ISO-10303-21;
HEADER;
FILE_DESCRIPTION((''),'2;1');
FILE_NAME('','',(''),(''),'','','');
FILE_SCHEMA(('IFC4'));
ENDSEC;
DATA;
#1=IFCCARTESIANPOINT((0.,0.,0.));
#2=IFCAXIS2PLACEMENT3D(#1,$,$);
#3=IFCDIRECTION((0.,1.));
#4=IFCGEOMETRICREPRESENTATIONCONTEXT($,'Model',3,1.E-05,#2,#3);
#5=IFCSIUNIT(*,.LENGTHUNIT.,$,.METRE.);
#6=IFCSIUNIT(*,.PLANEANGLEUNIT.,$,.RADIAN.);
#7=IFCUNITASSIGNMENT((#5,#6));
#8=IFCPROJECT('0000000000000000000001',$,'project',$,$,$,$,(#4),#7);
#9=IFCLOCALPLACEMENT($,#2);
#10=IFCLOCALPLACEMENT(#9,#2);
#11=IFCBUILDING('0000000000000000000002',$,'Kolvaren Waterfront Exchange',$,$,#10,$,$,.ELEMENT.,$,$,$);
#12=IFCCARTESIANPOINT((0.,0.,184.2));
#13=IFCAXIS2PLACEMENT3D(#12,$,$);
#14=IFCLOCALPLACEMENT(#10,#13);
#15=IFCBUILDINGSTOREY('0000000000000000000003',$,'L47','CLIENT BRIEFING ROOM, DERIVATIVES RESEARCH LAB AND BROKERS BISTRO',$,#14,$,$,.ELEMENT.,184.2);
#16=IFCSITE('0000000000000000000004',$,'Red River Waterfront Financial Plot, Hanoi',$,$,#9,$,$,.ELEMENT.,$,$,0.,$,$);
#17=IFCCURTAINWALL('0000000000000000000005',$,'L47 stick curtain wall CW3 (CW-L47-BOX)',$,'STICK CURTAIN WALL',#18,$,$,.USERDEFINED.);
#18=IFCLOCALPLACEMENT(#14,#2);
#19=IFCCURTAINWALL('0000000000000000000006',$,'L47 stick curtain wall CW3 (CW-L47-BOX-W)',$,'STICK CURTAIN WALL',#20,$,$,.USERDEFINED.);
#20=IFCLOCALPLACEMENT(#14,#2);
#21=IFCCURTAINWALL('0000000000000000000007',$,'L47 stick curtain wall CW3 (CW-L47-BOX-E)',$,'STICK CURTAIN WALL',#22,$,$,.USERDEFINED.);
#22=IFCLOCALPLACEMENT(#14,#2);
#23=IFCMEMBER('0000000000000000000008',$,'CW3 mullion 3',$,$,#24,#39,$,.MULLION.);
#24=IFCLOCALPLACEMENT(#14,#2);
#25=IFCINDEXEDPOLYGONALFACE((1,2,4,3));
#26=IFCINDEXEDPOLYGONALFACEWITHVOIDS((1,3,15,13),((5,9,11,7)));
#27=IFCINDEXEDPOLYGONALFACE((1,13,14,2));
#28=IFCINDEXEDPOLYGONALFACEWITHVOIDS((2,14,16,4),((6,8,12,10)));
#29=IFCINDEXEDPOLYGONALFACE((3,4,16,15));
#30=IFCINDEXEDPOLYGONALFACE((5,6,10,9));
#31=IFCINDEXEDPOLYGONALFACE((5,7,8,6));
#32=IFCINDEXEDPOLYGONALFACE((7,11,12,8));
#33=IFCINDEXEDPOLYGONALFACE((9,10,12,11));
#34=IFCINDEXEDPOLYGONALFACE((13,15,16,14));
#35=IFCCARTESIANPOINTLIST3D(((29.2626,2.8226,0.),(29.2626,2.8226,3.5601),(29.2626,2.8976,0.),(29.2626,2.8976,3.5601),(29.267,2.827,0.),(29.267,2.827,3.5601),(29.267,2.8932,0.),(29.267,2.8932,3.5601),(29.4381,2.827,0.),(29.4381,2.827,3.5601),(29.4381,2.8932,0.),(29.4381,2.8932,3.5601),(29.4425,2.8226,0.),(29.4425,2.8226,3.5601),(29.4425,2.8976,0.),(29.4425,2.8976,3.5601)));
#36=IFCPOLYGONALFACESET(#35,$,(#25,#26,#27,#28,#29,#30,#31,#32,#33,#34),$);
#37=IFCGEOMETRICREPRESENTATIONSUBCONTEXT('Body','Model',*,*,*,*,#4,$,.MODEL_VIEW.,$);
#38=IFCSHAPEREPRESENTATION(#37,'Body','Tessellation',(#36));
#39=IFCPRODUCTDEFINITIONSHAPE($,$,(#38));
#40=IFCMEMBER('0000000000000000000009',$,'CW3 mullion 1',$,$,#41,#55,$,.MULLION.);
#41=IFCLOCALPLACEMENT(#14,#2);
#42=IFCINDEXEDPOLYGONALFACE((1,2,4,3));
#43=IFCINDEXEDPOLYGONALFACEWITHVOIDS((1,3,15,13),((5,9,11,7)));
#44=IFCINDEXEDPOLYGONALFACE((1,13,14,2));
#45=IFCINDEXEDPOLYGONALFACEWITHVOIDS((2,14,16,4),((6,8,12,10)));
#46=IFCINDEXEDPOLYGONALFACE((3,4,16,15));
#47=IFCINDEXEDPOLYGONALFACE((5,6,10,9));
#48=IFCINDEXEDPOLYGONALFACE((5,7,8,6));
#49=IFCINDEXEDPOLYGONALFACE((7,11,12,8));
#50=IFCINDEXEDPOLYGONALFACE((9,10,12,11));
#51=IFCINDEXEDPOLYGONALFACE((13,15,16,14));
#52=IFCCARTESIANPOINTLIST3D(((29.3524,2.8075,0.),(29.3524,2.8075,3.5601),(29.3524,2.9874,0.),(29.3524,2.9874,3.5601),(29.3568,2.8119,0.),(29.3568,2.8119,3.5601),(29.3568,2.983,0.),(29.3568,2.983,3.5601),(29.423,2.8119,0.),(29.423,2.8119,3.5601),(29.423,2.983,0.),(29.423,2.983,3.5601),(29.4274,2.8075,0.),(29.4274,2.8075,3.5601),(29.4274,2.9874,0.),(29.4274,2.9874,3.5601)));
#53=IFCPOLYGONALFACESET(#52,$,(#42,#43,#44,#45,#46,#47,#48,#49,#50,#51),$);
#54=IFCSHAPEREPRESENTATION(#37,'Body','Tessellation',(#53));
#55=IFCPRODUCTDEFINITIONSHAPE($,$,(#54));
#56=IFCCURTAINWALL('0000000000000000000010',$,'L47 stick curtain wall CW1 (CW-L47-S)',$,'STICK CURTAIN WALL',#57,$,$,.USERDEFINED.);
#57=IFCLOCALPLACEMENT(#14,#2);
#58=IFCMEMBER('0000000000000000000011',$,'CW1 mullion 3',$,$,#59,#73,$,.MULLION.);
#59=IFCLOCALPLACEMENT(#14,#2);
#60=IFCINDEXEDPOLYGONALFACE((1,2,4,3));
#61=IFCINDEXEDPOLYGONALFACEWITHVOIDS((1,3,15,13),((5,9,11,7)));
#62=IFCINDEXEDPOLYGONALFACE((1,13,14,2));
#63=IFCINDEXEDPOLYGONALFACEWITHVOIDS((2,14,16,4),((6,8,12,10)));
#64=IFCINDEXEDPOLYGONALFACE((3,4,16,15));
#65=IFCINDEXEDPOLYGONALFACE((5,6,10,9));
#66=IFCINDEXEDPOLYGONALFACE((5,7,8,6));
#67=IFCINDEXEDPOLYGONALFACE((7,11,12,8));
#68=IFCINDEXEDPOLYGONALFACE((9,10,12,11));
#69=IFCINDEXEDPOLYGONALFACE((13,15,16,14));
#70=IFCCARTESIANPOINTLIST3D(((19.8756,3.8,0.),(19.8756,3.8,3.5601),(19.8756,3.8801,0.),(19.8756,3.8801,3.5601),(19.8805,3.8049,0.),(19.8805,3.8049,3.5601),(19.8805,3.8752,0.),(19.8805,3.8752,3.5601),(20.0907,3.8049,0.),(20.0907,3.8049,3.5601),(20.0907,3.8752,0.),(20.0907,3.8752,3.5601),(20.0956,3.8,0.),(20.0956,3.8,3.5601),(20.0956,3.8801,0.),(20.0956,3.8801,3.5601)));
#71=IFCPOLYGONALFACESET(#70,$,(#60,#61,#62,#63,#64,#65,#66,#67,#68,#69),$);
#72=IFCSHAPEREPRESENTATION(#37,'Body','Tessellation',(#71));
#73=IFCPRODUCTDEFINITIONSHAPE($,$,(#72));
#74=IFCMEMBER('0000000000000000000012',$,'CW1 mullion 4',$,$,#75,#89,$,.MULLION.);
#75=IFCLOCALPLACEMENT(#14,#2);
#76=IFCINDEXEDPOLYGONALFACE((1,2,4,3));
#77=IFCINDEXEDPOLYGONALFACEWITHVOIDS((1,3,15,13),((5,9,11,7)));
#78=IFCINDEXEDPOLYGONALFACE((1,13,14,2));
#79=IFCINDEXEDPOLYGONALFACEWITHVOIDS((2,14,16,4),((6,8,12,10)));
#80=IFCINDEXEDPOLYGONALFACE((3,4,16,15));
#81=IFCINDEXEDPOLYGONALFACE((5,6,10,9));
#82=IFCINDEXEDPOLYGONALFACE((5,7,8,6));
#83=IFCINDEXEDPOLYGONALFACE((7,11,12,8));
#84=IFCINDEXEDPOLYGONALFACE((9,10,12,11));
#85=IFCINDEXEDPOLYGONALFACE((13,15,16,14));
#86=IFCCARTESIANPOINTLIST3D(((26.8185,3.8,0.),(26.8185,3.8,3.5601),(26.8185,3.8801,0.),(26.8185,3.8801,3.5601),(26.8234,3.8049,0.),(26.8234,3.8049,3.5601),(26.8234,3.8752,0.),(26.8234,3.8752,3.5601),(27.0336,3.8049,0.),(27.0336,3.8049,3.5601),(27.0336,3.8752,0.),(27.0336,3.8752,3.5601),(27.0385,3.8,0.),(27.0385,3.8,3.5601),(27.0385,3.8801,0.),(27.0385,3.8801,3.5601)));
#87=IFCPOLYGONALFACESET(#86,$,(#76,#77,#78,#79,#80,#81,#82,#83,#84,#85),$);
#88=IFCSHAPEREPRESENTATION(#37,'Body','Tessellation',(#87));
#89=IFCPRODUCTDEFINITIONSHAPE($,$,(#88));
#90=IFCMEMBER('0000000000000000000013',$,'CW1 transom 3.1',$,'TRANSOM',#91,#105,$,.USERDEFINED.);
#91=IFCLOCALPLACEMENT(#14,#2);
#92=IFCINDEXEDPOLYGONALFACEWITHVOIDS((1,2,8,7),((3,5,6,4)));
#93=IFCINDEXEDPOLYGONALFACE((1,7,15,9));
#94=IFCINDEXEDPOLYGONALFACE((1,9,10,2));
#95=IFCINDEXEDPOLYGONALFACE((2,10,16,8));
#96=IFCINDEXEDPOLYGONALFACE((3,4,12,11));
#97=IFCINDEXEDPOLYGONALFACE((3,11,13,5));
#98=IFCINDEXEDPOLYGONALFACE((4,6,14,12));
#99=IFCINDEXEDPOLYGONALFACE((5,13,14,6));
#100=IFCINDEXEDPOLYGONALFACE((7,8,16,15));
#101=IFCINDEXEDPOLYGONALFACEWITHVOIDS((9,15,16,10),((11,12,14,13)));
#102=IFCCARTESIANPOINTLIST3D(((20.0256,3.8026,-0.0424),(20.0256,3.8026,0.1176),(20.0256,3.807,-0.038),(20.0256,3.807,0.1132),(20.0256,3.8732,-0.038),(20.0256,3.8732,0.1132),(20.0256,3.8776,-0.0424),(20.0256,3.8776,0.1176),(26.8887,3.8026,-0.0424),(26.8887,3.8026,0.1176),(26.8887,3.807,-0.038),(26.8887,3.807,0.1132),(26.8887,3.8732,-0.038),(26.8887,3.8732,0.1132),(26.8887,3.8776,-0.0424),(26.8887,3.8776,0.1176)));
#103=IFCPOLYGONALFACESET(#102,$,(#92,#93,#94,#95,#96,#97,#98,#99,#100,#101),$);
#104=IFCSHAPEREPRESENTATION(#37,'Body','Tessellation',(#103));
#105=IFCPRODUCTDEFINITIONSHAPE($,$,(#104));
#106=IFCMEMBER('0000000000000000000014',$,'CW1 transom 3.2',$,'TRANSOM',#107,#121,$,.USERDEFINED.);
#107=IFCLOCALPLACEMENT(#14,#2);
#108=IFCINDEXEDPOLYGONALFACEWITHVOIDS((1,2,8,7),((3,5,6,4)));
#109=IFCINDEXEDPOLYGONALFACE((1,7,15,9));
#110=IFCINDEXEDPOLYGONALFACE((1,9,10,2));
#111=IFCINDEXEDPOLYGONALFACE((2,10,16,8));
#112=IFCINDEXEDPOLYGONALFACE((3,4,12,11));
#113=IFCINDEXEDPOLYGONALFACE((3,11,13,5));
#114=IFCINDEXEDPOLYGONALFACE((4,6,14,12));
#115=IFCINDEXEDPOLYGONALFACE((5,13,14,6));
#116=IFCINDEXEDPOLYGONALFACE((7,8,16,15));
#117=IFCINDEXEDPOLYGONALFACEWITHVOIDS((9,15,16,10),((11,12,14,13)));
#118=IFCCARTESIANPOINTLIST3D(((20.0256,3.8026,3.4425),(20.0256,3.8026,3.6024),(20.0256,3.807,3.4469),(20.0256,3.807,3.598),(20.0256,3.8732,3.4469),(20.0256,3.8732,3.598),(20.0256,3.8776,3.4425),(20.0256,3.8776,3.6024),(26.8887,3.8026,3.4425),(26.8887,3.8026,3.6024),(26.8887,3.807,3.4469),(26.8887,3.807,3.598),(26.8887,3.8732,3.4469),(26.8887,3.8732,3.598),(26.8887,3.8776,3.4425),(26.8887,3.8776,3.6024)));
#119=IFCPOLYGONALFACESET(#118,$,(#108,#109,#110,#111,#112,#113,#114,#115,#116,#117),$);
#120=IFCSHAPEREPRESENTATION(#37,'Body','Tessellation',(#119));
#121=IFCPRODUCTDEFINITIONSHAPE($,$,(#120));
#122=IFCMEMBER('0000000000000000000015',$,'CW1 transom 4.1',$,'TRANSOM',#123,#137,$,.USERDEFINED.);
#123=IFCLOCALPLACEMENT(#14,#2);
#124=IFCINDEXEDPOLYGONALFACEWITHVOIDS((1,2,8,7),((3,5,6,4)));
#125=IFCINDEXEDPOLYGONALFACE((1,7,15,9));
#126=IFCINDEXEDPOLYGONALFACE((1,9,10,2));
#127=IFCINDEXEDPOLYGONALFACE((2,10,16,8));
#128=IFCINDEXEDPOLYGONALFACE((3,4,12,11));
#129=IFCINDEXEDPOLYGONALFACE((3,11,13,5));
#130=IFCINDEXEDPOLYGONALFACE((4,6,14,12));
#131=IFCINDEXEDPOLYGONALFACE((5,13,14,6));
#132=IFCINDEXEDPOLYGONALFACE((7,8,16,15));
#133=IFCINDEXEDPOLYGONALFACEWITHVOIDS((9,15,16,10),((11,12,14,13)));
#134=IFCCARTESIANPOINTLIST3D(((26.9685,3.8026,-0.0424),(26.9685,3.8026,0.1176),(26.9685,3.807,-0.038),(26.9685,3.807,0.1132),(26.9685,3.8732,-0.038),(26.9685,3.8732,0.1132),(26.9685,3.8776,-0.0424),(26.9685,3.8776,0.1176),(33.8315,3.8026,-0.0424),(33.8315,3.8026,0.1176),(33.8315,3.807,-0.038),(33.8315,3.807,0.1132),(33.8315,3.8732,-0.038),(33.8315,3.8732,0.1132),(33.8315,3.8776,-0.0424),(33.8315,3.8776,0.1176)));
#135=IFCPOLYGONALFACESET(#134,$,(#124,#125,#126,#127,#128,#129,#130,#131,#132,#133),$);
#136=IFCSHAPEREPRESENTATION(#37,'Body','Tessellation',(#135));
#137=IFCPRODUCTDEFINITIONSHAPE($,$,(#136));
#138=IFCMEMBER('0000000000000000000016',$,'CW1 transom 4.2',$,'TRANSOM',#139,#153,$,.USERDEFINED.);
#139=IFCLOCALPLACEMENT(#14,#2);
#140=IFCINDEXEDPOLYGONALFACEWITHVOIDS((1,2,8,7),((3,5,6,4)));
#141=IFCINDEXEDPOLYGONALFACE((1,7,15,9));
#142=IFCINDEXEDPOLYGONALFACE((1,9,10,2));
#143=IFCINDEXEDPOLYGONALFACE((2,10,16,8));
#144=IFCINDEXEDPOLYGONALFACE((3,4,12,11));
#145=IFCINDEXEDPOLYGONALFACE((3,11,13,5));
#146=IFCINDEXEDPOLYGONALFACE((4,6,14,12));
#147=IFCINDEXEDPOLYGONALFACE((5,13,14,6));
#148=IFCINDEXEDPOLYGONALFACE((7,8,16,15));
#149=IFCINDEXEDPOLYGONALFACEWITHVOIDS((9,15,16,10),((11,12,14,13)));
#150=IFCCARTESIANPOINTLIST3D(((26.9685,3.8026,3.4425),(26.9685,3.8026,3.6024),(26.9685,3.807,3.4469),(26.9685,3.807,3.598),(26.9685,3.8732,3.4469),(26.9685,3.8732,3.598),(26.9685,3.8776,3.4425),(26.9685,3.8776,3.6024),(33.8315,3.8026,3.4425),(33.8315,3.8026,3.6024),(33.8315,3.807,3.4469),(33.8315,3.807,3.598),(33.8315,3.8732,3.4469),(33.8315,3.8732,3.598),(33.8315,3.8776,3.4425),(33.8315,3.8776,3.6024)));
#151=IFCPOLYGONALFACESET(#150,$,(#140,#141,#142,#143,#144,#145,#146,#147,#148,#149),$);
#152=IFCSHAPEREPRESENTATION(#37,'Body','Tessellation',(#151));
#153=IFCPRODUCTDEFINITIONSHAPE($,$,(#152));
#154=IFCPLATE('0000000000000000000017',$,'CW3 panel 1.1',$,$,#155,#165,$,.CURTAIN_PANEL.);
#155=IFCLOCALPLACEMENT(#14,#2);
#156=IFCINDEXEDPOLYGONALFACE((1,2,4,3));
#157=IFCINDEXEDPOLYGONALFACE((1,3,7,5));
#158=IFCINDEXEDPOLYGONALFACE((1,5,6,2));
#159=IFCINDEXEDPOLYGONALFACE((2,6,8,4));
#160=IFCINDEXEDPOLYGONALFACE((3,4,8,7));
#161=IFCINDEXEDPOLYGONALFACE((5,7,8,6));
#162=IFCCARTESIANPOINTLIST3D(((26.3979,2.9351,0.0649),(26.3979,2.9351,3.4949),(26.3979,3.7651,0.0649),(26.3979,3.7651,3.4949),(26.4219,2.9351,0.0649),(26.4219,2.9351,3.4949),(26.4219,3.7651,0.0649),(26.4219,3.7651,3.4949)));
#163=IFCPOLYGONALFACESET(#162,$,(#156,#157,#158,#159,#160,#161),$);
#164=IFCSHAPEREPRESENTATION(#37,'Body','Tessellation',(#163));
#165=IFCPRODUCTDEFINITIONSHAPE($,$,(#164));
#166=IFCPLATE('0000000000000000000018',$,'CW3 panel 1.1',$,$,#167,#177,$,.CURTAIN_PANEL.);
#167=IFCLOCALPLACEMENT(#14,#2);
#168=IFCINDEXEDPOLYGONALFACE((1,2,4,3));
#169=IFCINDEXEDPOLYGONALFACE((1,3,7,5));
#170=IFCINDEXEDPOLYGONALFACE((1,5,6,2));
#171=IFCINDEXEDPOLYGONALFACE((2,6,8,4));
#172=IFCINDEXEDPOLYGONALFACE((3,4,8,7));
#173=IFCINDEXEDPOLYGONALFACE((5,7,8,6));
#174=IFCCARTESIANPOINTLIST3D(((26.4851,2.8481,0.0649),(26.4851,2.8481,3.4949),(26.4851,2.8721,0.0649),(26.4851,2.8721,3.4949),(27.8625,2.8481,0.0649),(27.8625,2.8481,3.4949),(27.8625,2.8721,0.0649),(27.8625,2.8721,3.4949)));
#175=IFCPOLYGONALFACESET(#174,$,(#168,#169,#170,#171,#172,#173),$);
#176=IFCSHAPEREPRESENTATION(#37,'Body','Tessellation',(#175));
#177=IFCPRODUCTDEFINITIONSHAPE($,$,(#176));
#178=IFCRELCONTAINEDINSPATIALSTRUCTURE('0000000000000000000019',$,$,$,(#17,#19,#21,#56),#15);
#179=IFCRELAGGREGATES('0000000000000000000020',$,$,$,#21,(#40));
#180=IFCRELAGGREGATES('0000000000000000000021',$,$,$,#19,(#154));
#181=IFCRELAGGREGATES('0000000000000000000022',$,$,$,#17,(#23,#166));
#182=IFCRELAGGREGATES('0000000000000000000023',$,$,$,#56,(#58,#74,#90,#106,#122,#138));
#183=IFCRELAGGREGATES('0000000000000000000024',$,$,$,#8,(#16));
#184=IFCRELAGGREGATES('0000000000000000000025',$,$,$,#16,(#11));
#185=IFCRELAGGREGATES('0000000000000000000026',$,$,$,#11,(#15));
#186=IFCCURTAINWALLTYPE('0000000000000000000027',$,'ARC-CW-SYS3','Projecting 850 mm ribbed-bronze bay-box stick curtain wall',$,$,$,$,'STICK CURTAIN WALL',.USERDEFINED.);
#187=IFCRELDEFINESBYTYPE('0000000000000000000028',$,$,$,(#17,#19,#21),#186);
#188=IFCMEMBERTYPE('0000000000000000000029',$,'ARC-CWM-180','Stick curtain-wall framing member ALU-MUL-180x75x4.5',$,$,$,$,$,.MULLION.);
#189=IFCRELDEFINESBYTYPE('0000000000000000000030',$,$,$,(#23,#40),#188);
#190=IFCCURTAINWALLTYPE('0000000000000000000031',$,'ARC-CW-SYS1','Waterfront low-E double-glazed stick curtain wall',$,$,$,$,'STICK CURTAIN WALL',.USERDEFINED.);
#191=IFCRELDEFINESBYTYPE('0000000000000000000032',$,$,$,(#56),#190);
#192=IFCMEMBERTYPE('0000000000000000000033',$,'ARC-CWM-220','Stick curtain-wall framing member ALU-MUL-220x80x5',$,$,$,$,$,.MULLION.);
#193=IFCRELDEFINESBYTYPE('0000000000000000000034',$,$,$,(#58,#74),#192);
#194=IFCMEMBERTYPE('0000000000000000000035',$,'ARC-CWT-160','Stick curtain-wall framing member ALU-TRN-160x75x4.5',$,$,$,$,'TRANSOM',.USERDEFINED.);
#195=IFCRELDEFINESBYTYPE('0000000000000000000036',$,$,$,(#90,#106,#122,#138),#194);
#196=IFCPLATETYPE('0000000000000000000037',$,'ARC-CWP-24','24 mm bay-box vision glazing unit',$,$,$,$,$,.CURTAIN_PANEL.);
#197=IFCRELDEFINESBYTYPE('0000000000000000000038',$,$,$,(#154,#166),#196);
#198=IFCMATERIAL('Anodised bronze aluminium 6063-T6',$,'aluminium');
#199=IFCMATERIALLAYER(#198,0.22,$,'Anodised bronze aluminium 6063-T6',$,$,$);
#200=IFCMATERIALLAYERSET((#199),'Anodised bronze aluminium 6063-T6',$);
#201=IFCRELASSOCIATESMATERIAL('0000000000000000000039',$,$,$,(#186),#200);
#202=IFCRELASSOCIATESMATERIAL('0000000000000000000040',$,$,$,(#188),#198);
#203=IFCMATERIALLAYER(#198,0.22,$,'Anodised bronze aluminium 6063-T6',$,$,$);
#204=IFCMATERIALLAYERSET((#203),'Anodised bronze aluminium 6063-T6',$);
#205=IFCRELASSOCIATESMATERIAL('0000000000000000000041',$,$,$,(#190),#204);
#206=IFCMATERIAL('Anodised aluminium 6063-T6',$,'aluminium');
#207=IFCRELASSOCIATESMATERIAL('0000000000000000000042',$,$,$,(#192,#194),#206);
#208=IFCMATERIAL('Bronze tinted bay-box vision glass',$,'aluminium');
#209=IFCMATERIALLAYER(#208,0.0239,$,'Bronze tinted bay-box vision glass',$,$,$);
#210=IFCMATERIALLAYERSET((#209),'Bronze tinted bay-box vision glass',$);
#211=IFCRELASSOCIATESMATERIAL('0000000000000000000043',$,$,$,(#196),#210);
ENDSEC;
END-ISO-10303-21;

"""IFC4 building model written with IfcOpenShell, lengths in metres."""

from ifc_helpers import new_model, si_unit, direction, frame, origin, origin_with_axes, origin_2d, place, context, subcontext, project, spatial, rectangle, hollow_rectangle, extrude, source, transform, mapped, material, layer, layer_set, material_profile, profile_set, type_object, element, aggregate, save


model = new_model("IFC4")

# Units and contexts
model_context = context("Model", 3, precision=1e-05, world=origin(), true_north=direction((0.0, 1.0)))
body_context = subcontext(model_context, "Body", "Model", "MODEL_VIEW")
ifc_project = project(units=[si_unit("LENGTHUNIT", "METRE"), si_unit("PLANEANGLEUNIT", "RADIAN")], contexts=[model_context])

# Site, building, storey
site_placement = place(None, origin())
site = spatial("IfcSite", under=ifc_project, at=site_placement, Name="Red River Waterfront Financial Plot, Hanoi", CompositionType="ELEMENT", RefElevation=0.0)
building_placement = place(site_placement, origin())
building = spatial("IfcBuilding", under=site, at=building_placement, Name="Kolvaren Waterfront Exchange", CompositionType="ELEMENT")
storey_placement = place(building_placement, frame((0.0, 0.0, 184.2)))
storey = spatial("IfcBuildingStorey", under=building, at=storey_placement, Name="L47", Description="CLIENT BRIEFING ROOM, DERIVATIVES RESEARCH LAB AND BROKERS BISTRO", CompositionType="ELEMENT", Elevation=184.2)

# Curtain walls
ifc_material_1 = material(Name="Anodised bronze aluminium 6063-T6", Category="aluminium")
ifc_layer_1 = layer(ifc_material_1, 0.22, Name="Anodised bronze aluminium 6063-T6")
ifc_layer_set_1 = layer_set([ifc_layer_1], Name="Anodised bronze aluminium 6063-T6")
curtain_wall_type_1 = type_object("IfcCurtainWallType", Name="ARC-CW-SYS3", Description="Projecting 850 mm ribbed-bronze bay-box stick curtain wall", ElementType="STICK CURTAIN WALL", PredefinedType="USERDEFINED", material=ifc_layer_set_1)
curtain_wall_1_placement = place(storey_placement, origin())
curtain_wall_1 = element("IfcCurtainWall", 1, at=curtain_wall_1_placement, inside=storey, type_object=curtain_wall_type_1, Name="L47 stick curtain wall CW3 (CW-L47-BOX)", ObjectType="STICK CURTAIN WALL", PredefinedType="USERDEFINED")
curtain_wall_2_placement = place(storey_placement, origin())
curtain_wall_2 = element("IfcCurtainWall", 2, at=curtain_wall_2_placement, inside=storey, type_object=curtain_wall_type_1, Name="L47 stick curtain wall CW3 (CW-L47-BOX-W)", ObjectType="STICK CURTAIN WALL", PredefinedType="USERDEFINED")
curtain_wall_3_placement = place(storey_placement, origin())
curtain_wall_3 = element("IfcCurtainWall", 3, at=curtain_wall_3_placement, inside=storey, type_object=curtain_wall_type_1, Name="L47 stick curtain wall CW3 (CW-L47-BOX-E)", ObjectType="STICK CURTAIN WALL", PredefinedType="USERDEFINED")

# Members
ifc_material_profile_1 = material_profile(ifc_material_1, hollow_rectangle(XDim=0.075, YDim=0.1799, WallThickness=0.0044, at=origin_2d()), Name="ALU-MUL-180x75x4.5")
ifc_profile_set_1 = profile_set([ifc_material_profile_1], Name="Anodised bronze aluminium 6063-T6")
member_type_1 = type_object("IfcMemberType", Name="ARC-CWM-180", Description="Stick curtain-wall framing member ALU-MUL-180x75x4.5", PredefinedType="MULLION", material=ifc_profile_set_1)
shared_shape_1 = source(origin_with_axes(), body_context, "Body", "SweptSolid", [
    extrude(hollow_rectangle(XDim=0.075, YDim=0.1799, WallThickness=0.0044, at=origin_2d()), origin(), (0.0, 0.0, 1.0), 3.5601),
])
member_1_placement = place(storey_placement, frame((29.3525, 2.8601, 0.0), z_axis=(0.0, 0.0, 1.0), x_axis=(0.0, 1.0, 0.0)))
member_1 = element("IfcMember", 4, at=member_1_placement, type_object=member_type_1, Name="CW3 mullion 3", PredefinedType="MULLION", context=body_context, shape_type="MappedRepresentation", body=[
    mapped(shared_shape_1, transform((0.0, 0.0, 0.0), x_axis=(1.0, 0.0, 0.0), y_axis=(0.0, 1.0, 0.0), z_axis=(0.0, 0.0, 1.0), scale=1.0)),
])
member_2_placement = place(storey_placement, frame((29.3899, 2.8975, 0.0), z_axis=(0.0, 0.0, 1.0), x_axis=(-1.0, 0.0, 0.0)))
member_2 = element("IfcMember", 5, at=member_2_placement, type_object=member_type_1, Name="CW3 mullion 1", PredefinedType="MULLION", context=body_context, shape_type="MappedRepresentation", body=[
    mapped(shared_shape_1, transform((0.0, 0.0, 0.0), x_axis=(1.0, 0.0, 0.0), y_axis=(0.0, 1.0, 0.0), z_axis=(0.0, 0.0, 1.0), scale=1.0)),
])
aggregate(curtain_wall_3, [member_2])

# Curtain wall, members
ifc_layer_2 = layer(ifc_material_1, 0.22, Name="Anodised bronze aluminium 6063-T6")
ifc_layer_set_2 = layer_set([ifc_layer_2], Name="Anodised bronze aluminium 6063-T6")
curtain_wall_type_2 = type_object("IfcCurtainWallType", Name="ARC-CW-SYS1", Description="Waterfront low-E double-glazed stick curtain wall", ElementType="STICK CURTAIN WALL", PredefinedType="USERDEFINED", material=ifc_layer_set_2)
curtain_wall_4_placement = place(storey_placement, origin())
curtain_wall_4 = element("IfcCurtainWall", 6, at=curtain_wall_4_placement, inside=storey, type_object=curtain_wall_type_2, Name="L47 stick curtain wall CW1 (CW-L47-S)", ObjectType="STICK CURTAIN WALL", PredefinedType="USERDEFINED")
ifc_material_2 = material(Name="Anodised aluminium 6063-T6", Category="aluminium")
ifc_material_profile_2 = material_profile(ifc_material_2, hollow_rectangle(XDim=0.0801, YDim=0.22, WallThickness=0.0049, at=origin_2d()), Name="ALU-MUL-220x80x5")
ifc_profile_set_2 = profile_set([ifc_material_profile_2], Name="Anodised aluminium 6063-T6")
member_type_2 = type_object("IfcMemberType", Name="ARC-CWM-220", Description="Stick curtain-wall framing member ALU-MUL-220x80x5", PredefinedType="MULLION", material=ifc_profile_set_2)
shared_shape_2 = source(origin_with_axes(), body_context, "Body", "SweptSolid", [
    extrude(hollow_rectangle(XDim=0.0801, YDim=0.22, WallThickness=0.0049, at=origin_2d()), origin(), (0.0, 0.0, 1.0), 3.5601),
])
member_3_placement = place(storey_placement, frame((19.9856, 3.8401, 0.0), z_axis=(0.0, 0.0, 1.0), x_axis=(0.0, 1.0, 0.0)))
member_3 = element("IfcMember", 7, at=member_3_placement, type_object=member_type_2, Name="CW1 mullion 3", PredefinedType="MULLION", context=body_context, shape_type="MappedRepresentation", body=[
    mapped(shared_shape_2, transform((0.0, 0.0, 0.0), x_axis=(1.0, 0.0, 0.0), y_axis=(0.0, 1.0, 0.0), z_axis=(0.0, 0.0, 1.0), scale=1.0)),
])
member_4_placement = place(storey_placement, frame((26.9285, 3.8401, 0.0), z_axis=(0.0, 0.0, 1.0), x_axis=(0.0, 1.0, 0.0)))
member_4 = element("IfcMember", 8, at=member_4_placement, type_object=member_type_2, Name="CW1 mullion 4", PredefinedType="MULLION", context=body_context, shape_type="MappedRepresentation", body=[
    mapped(shared_shape_2, transform((0.0, 0.0, 0.0), x_axis=(1.0, 0.0, 0.0), y_axis=(0.0, 1.0, 0.0), z_axis=(0.0, 0.0, 1.0), scale=1.0)),
])
ifc_material_profile_3 = material_profile(ifc_material_2, hollow_rectangle(XDim=0.075, YDim=0.1599, WallThickness=0.0044, at=origin_2d()), Name="ALU-TRN-160x75x4.5")
ifc_profile_set_3 = profile_set([ifc_material_profile_3], Name="Anodised aluminium 6063-T6")
member_type_3 = type_object("IfcMemberType", Name="ARC-CWT-160", Description="Stick curtain-wall framing member ALU-TRN-160x75x4.5", ElementType="TRANSOM", PredefinedType="USERDEFINED", material=ifc_profile_set_3)
shared_shape_3 = source(origin_with_axes(), body_context, "Body", "SweptSolid", [
    extrude(hollow_rectangle(XDim=0.075, YDim=0.1599, WallThickness=0.0044, at=origin_2d()), origin(), (0.0, 0.0, 1.0), 6.863),
])
member_5_placement = place(storey_placement, frame((20.0256, 3.8401, 0.0376), z_axis=(1.0, 0.0, 0.0), x_axis=(0.0, 1.0, 0.0)))
member_5 = element("IfcMember", 9, at=member_5_placement, type_object=member_type_3, Name="CW1 transom 3.1", ObjectType="TRANSOM", PredefinedType="USERDEFINED", context=body_context, shape_type="MappedRepresentation", body=[
    mapped(shared_shape_3, transform((0.0, 0.0, 0.0), x_axis=(1.0, 0.0, 0.0), y_axis=(0.0, 1.0, 0.0), z_axis=(0.0, 0.0, 1.0), scale=1.0)),
])
member_6_placement = place(storey_placement, frame((20.0256, 3.8401, 3.5225), z_axis=(1.0, 0.0, 0.0), x_axis=(0.0, 1.0, 0.0)))
member_6 = element("IfcMember", 10, at=member_6_placement, type_object=member_type_3, Name="CW1 transom 3.2", ObjectType="TRANSOM", PredefinedType="USERDEFINED", context=body_context, shape_type="MappedRepresentation", body=[
    mapped(shared_shape_3, transform((0.0, 0.0, 0.0), x_axis=(1.0, 0.0, 0.0), y_axis=(0.0, 1.0, 0.0), z_axis=(0.0, 0.0, 1.0), scale=1.0)),
])
member_7_placement = place(storey_placement, frame((26.9685, 3.8401, 0.0376), z_axis=(1.0, 0.0, 0.0), x_axis=(0.0, 1.0, 0.0)))
member_7 = element("IfcMember", 11, at=member_7_placement, type_object=member_type_3, Name="CW1 transom 4.1", ObjectType="TRANSOM", PredefinedType="USERDEFINED", context=body_context, shape_type="MappedRepresentation", body=[
    mapped(shared_shape_3, transform((0.0, 0.0, 0.0), x_axis=(1.0, 0.0, 0.0), y_axis=(0.0, 1.0, 0.0), z_axis=(0.0, 0.0, 1.0), scale=1.0)),
])
member_8_placement = place(storey_placement, frame((26.9685, 3.8401, 3.5225), z_axis=(1.0, 0.0, 0.0), x_axis=(0.0, 1.0, 0.0)))
member_8 = element("IfcMember", 12, at=member_8_placement, type_object=member_type_3, Name="CW1 transom 4.2", ObjectType="TRANSOM", PredefinedType="USERDEFINED", context=body_context, shape_type="MappedRepresentation", body=[
    mapped(shared_shape_3, transform((0.0, 0.0, 0.0), x_axis=(1.0, 0.0, 0.0), y_axis=(0.0, 1.0, 0.0), z_axis=(0.0, 0.0, 1.0), scale=1.0)),
])

# Plates
ifc_material_3 = material(Name="Bronze tinted bay-box vision glass", Category="aluminium")
ifc_layer_3 = layer(ifc_material_3, 0.0239, Name="Bronze tinted bay-box vision glass")
ifc_layer_set_3 = layer_set([ifc_layer_3], Name="Bronze tinted bay-box vision glass")
plate_type_1 = type_object("IfcPlateType", Name="ARC-CWP-24", Description="24 mm bay-box vision glazing unit", PredefinedType="CURTAIN_PANEL", material=ifc_layer_set_3)
shared_shape_4 = source(origin_with_axes(), body_context, "Body", "SweptSolid", [
    extrude(rectangle(XDim=0.8301, YDim=0.0239, at=origin_2d()), origin(), (0.0, 0.0, 1.0), 3.4299),
])
plate_1_placement = place(storey_placement, frame((26.4099, 3.3501, 0.0649), z_axis=(0.0, 0.0, 1.0), x_axis=(0.0, -1.0, 0.0)))
plate_1 = element("IfcPlate", 13, at=plate_1_placement, type_object=plate_type_1, Name="CW3 panel 1.1", PredefinedType="CURTAIN_PANEL", context=body_context, shape_type="MappedRepresentation", body=[
    mapped(shared_shape_4, transform((0.0, 0.0, 0.0), x_axis=(1.0, 0.0, 0.0), y_axis=(0.0, 1.0, 0.0), z_axis=(0.0, 0.0, 1.0), scale=1.0)),
])
aggregate(curtain_wall_2, [plate_1])
shared_shape_5 = source(origin_with_axes(), body_context, "Body", "SweptSolid", [
    extrude(rectangle(XDim=1.3774, YDim=0.0239, at=origin_2d()), origin(), (0.0, 0.0, 1.0), 3.4299),
])
plate_2_placement = place(storey_placement, frame((27.1738, 2.8601, 0.0649), z_axis=(0.0, 0.0, 1.0), x_axis=(1.0, 0.0, 0.0)))
plate_2 = element("IfcPlate", 14, at=plate_2_placement, type_object=plate_type_1, Name="CW3 panel 1.1", PredefinedType="CURTAIN_PANEL", context=body_context, shape_type="MappedRepresentation", body=[
    mapped(shared_shape_5, transform((0.0, 0.0, 0.0), x_axis=(1.0, 0.0, 0.0), y_axis=(0.0, 1.0, 0.0), z_axis=(0.0, 0.0, 1.0), scale=1.0)),
])
aggregate(curtain_wall_1, [member_1, plate_2])
aggregate(curtain_wall_4, [member_3, member_4, member_5, member_6, member_7, member_8])

save(model, "model.ifc")
